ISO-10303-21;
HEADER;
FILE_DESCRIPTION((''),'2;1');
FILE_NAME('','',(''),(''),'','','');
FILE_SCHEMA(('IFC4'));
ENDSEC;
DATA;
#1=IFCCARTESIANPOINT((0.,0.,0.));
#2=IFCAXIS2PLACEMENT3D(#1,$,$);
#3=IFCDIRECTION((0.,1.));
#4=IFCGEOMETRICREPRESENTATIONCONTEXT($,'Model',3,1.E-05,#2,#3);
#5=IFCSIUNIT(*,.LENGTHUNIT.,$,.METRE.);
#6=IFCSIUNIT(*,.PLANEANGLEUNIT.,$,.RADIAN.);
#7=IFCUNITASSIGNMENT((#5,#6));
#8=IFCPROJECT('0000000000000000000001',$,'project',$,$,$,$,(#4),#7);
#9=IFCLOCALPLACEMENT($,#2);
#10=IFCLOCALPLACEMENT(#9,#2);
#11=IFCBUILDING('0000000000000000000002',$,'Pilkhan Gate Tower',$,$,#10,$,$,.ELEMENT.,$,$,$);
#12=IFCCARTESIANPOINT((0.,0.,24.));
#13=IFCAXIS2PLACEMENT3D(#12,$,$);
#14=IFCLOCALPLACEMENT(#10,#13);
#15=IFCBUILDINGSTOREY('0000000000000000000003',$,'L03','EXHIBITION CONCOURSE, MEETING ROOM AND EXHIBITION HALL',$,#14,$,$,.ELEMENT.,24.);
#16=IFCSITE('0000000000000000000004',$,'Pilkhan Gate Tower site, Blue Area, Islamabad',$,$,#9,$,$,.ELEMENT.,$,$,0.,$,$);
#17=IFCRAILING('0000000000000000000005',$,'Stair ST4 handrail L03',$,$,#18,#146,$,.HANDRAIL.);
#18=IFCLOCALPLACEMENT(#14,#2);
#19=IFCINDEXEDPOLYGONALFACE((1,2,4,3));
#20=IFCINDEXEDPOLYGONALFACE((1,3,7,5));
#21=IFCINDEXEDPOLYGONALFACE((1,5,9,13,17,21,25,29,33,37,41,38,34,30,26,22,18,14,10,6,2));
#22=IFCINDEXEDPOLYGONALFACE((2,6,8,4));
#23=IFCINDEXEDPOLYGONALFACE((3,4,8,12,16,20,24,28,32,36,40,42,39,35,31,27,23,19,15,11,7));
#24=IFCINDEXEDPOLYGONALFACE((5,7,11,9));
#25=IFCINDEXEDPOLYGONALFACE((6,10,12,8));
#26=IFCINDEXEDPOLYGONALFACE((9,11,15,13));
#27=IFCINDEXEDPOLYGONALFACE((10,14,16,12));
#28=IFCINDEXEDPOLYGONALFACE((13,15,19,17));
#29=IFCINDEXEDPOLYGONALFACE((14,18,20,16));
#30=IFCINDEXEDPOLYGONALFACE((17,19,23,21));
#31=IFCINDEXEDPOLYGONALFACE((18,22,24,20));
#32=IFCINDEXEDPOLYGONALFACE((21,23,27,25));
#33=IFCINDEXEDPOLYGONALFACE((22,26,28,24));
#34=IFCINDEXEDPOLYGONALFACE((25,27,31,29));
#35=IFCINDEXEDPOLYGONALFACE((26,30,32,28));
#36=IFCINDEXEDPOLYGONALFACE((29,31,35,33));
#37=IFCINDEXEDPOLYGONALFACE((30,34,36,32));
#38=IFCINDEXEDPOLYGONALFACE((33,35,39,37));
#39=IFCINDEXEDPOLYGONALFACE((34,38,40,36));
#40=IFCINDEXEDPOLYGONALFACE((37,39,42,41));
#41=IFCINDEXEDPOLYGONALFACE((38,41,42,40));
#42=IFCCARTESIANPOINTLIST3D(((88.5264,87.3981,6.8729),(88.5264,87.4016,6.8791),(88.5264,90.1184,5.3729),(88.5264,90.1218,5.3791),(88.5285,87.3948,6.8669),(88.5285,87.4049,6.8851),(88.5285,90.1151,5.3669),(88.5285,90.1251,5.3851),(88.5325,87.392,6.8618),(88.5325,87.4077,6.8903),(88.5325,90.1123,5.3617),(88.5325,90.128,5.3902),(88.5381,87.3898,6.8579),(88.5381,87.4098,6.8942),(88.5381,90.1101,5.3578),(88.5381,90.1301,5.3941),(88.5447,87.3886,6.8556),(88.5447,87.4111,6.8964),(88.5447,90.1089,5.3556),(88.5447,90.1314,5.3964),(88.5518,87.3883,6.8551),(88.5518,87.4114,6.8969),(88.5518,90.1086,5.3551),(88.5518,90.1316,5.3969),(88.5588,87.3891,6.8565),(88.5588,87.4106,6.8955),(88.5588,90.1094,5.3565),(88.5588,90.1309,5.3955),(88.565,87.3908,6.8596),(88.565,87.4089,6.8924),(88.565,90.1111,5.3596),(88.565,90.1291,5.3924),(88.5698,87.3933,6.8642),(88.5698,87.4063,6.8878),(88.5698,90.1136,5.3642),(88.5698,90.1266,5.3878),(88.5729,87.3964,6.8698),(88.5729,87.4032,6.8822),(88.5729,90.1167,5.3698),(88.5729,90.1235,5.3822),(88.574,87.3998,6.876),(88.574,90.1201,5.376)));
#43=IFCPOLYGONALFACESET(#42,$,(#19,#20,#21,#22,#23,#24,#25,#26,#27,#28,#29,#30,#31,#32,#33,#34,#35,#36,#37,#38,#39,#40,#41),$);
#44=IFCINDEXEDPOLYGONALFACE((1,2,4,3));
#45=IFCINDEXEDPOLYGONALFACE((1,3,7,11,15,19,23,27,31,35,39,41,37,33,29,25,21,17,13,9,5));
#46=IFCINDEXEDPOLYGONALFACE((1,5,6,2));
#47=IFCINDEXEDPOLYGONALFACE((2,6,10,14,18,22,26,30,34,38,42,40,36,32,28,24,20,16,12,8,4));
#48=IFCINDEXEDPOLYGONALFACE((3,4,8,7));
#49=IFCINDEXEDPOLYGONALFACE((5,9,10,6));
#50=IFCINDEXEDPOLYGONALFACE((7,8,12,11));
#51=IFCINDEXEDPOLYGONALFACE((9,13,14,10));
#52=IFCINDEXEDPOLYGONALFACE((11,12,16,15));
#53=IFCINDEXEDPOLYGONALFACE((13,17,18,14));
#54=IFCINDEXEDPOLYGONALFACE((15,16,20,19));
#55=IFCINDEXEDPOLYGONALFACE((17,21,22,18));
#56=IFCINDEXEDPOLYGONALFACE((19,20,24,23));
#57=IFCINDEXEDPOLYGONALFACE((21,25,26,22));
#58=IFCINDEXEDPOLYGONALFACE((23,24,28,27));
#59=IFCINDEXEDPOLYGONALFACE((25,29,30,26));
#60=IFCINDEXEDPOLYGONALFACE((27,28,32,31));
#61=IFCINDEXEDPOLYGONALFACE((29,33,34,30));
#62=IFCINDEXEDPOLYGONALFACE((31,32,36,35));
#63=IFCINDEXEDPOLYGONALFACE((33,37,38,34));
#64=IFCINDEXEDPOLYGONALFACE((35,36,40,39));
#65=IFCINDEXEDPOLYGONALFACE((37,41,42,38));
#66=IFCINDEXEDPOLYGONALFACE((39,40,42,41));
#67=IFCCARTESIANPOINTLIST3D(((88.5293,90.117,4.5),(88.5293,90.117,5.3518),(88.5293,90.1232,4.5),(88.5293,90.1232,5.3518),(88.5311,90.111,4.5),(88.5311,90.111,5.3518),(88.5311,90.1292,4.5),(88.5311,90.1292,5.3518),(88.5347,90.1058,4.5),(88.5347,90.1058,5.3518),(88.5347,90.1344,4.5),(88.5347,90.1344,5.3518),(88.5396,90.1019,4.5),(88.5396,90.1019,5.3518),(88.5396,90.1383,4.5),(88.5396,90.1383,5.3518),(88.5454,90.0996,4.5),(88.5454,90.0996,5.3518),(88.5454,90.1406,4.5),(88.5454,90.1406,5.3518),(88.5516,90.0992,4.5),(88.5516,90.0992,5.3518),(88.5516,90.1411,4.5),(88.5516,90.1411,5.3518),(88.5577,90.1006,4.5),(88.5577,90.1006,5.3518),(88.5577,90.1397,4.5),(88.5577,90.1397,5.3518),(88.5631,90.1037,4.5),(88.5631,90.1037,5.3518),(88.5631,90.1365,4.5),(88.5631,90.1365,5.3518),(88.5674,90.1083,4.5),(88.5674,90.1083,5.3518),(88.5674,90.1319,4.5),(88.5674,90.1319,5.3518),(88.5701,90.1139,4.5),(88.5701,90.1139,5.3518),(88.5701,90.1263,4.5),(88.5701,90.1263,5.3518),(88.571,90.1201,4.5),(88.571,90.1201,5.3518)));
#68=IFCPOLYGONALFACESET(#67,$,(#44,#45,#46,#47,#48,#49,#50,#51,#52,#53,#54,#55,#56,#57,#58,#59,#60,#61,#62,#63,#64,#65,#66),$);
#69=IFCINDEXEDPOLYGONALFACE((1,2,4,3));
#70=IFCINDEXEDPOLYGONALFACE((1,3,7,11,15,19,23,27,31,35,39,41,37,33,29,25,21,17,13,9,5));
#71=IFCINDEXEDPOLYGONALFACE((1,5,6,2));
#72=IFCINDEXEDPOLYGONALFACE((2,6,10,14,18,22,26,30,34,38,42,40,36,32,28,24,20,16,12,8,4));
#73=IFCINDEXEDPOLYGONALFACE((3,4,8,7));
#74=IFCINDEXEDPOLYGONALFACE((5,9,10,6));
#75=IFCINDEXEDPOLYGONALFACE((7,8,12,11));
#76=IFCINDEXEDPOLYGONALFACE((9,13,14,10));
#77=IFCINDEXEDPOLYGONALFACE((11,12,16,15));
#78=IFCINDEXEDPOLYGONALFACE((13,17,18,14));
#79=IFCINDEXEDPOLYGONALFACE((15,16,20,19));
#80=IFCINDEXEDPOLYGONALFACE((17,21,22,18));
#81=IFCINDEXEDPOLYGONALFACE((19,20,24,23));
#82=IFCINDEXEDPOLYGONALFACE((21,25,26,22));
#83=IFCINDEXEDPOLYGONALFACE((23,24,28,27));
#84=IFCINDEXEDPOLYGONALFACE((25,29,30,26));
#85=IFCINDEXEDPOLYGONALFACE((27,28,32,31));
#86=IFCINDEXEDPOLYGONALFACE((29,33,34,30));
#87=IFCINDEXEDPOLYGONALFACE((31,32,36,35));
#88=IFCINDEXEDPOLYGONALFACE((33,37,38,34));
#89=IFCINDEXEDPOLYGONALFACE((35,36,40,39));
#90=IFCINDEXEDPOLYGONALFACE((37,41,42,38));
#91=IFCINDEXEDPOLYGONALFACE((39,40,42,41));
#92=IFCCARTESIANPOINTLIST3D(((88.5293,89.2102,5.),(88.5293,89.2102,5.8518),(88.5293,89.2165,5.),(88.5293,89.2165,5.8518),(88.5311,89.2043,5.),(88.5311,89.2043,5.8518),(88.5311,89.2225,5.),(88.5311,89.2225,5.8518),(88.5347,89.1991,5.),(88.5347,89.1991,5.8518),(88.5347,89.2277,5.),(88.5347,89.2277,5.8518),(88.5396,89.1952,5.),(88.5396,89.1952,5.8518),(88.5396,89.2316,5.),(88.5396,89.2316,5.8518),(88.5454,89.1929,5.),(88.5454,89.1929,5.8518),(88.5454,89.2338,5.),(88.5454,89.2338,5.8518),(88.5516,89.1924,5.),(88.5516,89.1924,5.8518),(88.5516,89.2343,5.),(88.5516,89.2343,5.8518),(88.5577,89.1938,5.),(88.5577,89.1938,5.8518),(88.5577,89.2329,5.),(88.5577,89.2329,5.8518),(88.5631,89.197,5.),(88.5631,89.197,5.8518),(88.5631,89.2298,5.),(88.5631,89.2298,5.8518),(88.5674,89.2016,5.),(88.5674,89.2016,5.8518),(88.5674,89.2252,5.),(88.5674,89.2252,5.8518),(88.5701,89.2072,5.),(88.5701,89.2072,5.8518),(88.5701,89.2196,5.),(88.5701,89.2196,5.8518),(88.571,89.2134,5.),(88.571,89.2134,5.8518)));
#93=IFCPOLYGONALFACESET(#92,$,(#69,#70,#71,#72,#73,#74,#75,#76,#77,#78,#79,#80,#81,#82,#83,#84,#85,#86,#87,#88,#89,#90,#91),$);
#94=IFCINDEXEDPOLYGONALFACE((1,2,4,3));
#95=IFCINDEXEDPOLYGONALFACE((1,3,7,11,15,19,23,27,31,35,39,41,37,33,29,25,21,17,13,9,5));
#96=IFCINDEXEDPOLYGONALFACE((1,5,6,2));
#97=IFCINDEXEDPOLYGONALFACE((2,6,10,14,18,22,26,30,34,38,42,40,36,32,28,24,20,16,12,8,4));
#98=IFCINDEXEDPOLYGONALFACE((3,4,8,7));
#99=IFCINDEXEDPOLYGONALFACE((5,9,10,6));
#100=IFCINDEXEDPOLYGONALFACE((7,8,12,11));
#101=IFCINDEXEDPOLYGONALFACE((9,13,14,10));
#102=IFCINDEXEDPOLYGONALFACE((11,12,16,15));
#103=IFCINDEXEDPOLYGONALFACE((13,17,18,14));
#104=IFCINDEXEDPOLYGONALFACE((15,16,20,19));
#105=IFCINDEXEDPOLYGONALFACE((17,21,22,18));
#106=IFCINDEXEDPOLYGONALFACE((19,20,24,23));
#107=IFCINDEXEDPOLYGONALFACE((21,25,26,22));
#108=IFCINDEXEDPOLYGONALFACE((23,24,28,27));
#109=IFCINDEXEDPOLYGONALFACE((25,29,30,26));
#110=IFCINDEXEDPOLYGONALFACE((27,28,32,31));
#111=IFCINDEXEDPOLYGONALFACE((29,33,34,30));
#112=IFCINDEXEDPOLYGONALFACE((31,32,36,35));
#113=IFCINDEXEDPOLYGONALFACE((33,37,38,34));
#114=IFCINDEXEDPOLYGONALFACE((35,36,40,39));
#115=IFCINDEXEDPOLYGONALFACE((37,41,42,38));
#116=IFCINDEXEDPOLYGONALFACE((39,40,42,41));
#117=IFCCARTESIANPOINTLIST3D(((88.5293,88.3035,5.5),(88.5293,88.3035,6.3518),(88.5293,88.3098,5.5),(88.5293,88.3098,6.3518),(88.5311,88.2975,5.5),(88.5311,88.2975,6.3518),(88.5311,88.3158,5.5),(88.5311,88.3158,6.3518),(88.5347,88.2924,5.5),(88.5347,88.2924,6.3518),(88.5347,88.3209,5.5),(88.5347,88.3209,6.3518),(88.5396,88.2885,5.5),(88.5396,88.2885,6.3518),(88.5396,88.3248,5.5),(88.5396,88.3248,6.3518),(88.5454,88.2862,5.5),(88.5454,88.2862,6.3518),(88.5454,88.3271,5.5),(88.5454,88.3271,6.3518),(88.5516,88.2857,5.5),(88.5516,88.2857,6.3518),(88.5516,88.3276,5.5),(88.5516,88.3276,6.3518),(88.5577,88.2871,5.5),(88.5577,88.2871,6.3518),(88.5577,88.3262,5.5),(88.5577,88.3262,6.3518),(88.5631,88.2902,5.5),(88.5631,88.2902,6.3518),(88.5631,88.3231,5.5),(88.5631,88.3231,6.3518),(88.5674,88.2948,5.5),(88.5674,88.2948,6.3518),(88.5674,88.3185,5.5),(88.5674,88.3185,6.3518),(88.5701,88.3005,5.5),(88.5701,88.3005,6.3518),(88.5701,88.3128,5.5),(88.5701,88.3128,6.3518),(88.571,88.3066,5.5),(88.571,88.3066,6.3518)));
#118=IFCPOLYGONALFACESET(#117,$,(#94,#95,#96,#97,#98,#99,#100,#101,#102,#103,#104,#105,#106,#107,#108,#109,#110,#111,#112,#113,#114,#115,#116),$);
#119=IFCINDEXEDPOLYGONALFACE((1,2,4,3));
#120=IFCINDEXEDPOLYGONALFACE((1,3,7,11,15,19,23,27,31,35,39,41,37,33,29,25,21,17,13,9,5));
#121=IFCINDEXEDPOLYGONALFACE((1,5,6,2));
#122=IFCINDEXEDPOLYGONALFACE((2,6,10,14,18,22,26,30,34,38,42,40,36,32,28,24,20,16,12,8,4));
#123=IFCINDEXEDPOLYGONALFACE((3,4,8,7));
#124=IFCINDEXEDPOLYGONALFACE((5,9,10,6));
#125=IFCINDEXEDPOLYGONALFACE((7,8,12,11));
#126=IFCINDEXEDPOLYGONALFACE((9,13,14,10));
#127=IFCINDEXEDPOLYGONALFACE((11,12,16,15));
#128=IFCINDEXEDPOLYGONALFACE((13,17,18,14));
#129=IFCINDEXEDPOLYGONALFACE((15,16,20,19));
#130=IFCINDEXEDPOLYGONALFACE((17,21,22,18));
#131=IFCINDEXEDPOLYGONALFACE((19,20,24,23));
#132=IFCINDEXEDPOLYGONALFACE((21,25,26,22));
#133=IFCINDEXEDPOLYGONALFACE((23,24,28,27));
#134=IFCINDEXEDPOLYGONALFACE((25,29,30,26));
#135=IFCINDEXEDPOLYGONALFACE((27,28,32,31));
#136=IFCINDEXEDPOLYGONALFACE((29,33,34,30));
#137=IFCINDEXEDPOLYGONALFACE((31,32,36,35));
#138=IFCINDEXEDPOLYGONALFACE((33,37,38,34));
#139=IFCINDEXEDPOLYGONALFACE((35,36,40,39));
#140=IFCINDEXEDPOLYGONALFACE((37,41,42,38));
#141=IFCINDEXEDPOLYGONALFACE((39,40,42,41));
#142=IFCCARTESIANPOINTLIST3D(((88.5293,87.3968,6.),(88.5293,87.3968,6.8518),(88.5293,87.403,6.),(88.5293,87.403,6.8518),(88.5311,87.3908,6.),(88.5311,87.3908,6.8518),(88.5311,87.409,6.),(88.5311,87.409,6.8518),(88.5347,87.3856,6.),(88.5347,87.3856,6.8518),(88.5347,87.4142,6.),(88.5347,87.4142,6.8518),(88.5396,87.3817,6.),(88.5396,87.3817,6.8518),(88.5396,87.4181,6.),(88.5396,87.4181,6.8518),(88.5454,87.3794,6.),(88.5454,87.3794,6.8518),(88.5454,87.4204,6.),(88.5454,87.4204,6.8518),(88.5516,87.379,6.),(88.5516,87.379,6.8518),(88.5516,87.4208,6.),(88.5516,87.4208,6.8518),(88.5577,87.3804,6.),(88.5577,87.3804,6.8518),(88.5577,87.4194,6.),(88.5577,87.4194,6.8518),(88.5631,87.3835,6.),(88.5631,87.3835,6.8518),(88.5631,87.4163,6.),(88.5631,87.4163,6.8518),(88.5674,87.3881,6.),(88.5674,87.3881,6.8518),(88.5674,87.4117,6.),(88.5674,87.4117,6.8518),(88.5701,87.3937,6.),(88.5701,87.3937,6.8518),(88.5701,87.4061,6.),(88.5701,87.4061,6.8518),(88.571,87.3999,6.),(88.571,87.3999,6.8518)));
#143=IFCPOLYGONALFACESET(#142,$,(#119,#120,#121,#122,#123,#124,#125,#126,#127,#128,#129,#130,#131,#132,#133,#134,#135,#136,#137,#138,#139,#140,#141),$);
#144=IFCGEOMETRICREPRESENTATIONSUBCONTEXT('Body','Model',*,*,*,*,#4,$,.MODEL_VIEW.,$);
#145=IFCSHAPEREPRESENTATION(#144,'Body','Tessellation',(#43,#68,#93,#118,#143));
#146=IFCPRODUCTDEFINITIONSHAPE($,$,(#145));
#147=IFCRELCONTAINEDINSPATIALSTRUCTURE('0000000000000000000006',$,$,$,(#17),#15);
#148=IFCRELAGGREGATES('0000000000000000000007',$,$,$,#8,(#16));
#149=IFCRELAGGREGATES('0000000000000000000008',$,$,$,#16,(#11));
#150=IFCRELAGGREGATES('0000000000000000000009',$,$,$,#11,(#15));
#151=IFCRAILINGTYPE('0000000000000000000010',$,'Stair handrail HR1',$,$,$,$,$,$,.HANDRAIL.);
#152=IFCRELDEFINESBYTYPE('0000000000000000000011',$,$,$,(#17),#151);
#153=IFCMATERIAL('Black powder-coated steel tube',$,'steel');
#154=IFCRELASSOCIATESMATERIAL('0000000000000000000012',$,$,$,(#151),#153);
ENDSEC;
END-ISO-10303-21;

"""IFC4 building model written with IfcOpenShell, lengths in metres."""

from ifc_helpers import new_model, si_unit, direction, frame, origin, origin_2d, place, context, subcontext, project, spatial, circle, extrude, material, type_object, element, save


model = new_model("IFC4")

# Units and contexts
model_context = context("Model", 3, precision=1e-05, world=origin(), true_north=direction((0.0, 1.0)))
body_context = subcontext(model_context, "Body", "Model", "MODEL_VIEW")
ifc_project = project(units=[si_unit("LENGTHUNIT", "METRE"), si_unit("PLANEANGLEUNIT", "RADIAN")], contexts=[model_context])

# Site, building, storey
site_placement = place(None, origin())
site = spatial("IfcSite", under=ifc_project, at=site_placement, Name="Pilkhan Gate Tower site, Blue Area, Islamabad", CompositionType="ELEMENT", RefElevation=0.0)
building_placement = place(site_placement, origin())
building = spatial("IfcBuilding", under=site, at=building_placement, Name="Pilkhan Gate Tower", CompositionType="ELEMENT")
storey_placement = place(building_placement, frame((0.0, 0.0, 24.0)))
storey = spatial("IfcBuildingStorey", under=building, at=storey_placement, Name="L03", Description="EXHIBITION CONCOURSE, MEETING ROOM AND EXHIBITION HALL", CompositionType="ELEMENT", Elevation=24.0)

# Railing
ifc_material_1 = material(Name="Black powder-coated steel tube", Category="steel")
railing_type_1 = type_object("IfcRailingType", Name="Stair handrail HR1", PredefinedType="HANDRAIL", material=ifc_material_1)
for number, where, name in (
    (1, (88.55, 90.1201, 4.5), "Stair ST4 handrail L03"),
):
    element("IfcRailing", number, at=place(storey_placement, frame(where)), inside=storey, type_object=railing_type_1, Name=name, PredefinedType="HANDRAIL", context=body_context, shape_type="SweptSolid", body=[
        extrude(circle(Radius=0.0239, at=origin_2d()), frame((0.0, 0.0, 0.876), z_axis=(0.0, -0.875688, 0.482878), x_axis=(1.0, 0.0, 0.0)), (0.0, 0.0, 1.0), 3.1064),
        extrude(circle(Radius=0.021, at=origin_2d()), origin(), (0.0, 0.0, 1.0), 0.8518),
        extrude(circle(Radius=0.021, at=origin_2d()), frame((0.0, -0.9067, 0.5)), (0.0, 0.0, 1.0), 0.8518),
        extrude(circle(Radius=0.021, at=origin_2d()), frame((0.0, -1.8135, 1.0)), (0.0, 0.0, 1.0), 0.8518),
        extrude(circle(Radius=0.021, at=origin_2d()), frame((0.0, -2.7202, 1.5)), (0.0, 0.0, 1.0), 0.8518),
    ])

save(model, "model.ifc")
